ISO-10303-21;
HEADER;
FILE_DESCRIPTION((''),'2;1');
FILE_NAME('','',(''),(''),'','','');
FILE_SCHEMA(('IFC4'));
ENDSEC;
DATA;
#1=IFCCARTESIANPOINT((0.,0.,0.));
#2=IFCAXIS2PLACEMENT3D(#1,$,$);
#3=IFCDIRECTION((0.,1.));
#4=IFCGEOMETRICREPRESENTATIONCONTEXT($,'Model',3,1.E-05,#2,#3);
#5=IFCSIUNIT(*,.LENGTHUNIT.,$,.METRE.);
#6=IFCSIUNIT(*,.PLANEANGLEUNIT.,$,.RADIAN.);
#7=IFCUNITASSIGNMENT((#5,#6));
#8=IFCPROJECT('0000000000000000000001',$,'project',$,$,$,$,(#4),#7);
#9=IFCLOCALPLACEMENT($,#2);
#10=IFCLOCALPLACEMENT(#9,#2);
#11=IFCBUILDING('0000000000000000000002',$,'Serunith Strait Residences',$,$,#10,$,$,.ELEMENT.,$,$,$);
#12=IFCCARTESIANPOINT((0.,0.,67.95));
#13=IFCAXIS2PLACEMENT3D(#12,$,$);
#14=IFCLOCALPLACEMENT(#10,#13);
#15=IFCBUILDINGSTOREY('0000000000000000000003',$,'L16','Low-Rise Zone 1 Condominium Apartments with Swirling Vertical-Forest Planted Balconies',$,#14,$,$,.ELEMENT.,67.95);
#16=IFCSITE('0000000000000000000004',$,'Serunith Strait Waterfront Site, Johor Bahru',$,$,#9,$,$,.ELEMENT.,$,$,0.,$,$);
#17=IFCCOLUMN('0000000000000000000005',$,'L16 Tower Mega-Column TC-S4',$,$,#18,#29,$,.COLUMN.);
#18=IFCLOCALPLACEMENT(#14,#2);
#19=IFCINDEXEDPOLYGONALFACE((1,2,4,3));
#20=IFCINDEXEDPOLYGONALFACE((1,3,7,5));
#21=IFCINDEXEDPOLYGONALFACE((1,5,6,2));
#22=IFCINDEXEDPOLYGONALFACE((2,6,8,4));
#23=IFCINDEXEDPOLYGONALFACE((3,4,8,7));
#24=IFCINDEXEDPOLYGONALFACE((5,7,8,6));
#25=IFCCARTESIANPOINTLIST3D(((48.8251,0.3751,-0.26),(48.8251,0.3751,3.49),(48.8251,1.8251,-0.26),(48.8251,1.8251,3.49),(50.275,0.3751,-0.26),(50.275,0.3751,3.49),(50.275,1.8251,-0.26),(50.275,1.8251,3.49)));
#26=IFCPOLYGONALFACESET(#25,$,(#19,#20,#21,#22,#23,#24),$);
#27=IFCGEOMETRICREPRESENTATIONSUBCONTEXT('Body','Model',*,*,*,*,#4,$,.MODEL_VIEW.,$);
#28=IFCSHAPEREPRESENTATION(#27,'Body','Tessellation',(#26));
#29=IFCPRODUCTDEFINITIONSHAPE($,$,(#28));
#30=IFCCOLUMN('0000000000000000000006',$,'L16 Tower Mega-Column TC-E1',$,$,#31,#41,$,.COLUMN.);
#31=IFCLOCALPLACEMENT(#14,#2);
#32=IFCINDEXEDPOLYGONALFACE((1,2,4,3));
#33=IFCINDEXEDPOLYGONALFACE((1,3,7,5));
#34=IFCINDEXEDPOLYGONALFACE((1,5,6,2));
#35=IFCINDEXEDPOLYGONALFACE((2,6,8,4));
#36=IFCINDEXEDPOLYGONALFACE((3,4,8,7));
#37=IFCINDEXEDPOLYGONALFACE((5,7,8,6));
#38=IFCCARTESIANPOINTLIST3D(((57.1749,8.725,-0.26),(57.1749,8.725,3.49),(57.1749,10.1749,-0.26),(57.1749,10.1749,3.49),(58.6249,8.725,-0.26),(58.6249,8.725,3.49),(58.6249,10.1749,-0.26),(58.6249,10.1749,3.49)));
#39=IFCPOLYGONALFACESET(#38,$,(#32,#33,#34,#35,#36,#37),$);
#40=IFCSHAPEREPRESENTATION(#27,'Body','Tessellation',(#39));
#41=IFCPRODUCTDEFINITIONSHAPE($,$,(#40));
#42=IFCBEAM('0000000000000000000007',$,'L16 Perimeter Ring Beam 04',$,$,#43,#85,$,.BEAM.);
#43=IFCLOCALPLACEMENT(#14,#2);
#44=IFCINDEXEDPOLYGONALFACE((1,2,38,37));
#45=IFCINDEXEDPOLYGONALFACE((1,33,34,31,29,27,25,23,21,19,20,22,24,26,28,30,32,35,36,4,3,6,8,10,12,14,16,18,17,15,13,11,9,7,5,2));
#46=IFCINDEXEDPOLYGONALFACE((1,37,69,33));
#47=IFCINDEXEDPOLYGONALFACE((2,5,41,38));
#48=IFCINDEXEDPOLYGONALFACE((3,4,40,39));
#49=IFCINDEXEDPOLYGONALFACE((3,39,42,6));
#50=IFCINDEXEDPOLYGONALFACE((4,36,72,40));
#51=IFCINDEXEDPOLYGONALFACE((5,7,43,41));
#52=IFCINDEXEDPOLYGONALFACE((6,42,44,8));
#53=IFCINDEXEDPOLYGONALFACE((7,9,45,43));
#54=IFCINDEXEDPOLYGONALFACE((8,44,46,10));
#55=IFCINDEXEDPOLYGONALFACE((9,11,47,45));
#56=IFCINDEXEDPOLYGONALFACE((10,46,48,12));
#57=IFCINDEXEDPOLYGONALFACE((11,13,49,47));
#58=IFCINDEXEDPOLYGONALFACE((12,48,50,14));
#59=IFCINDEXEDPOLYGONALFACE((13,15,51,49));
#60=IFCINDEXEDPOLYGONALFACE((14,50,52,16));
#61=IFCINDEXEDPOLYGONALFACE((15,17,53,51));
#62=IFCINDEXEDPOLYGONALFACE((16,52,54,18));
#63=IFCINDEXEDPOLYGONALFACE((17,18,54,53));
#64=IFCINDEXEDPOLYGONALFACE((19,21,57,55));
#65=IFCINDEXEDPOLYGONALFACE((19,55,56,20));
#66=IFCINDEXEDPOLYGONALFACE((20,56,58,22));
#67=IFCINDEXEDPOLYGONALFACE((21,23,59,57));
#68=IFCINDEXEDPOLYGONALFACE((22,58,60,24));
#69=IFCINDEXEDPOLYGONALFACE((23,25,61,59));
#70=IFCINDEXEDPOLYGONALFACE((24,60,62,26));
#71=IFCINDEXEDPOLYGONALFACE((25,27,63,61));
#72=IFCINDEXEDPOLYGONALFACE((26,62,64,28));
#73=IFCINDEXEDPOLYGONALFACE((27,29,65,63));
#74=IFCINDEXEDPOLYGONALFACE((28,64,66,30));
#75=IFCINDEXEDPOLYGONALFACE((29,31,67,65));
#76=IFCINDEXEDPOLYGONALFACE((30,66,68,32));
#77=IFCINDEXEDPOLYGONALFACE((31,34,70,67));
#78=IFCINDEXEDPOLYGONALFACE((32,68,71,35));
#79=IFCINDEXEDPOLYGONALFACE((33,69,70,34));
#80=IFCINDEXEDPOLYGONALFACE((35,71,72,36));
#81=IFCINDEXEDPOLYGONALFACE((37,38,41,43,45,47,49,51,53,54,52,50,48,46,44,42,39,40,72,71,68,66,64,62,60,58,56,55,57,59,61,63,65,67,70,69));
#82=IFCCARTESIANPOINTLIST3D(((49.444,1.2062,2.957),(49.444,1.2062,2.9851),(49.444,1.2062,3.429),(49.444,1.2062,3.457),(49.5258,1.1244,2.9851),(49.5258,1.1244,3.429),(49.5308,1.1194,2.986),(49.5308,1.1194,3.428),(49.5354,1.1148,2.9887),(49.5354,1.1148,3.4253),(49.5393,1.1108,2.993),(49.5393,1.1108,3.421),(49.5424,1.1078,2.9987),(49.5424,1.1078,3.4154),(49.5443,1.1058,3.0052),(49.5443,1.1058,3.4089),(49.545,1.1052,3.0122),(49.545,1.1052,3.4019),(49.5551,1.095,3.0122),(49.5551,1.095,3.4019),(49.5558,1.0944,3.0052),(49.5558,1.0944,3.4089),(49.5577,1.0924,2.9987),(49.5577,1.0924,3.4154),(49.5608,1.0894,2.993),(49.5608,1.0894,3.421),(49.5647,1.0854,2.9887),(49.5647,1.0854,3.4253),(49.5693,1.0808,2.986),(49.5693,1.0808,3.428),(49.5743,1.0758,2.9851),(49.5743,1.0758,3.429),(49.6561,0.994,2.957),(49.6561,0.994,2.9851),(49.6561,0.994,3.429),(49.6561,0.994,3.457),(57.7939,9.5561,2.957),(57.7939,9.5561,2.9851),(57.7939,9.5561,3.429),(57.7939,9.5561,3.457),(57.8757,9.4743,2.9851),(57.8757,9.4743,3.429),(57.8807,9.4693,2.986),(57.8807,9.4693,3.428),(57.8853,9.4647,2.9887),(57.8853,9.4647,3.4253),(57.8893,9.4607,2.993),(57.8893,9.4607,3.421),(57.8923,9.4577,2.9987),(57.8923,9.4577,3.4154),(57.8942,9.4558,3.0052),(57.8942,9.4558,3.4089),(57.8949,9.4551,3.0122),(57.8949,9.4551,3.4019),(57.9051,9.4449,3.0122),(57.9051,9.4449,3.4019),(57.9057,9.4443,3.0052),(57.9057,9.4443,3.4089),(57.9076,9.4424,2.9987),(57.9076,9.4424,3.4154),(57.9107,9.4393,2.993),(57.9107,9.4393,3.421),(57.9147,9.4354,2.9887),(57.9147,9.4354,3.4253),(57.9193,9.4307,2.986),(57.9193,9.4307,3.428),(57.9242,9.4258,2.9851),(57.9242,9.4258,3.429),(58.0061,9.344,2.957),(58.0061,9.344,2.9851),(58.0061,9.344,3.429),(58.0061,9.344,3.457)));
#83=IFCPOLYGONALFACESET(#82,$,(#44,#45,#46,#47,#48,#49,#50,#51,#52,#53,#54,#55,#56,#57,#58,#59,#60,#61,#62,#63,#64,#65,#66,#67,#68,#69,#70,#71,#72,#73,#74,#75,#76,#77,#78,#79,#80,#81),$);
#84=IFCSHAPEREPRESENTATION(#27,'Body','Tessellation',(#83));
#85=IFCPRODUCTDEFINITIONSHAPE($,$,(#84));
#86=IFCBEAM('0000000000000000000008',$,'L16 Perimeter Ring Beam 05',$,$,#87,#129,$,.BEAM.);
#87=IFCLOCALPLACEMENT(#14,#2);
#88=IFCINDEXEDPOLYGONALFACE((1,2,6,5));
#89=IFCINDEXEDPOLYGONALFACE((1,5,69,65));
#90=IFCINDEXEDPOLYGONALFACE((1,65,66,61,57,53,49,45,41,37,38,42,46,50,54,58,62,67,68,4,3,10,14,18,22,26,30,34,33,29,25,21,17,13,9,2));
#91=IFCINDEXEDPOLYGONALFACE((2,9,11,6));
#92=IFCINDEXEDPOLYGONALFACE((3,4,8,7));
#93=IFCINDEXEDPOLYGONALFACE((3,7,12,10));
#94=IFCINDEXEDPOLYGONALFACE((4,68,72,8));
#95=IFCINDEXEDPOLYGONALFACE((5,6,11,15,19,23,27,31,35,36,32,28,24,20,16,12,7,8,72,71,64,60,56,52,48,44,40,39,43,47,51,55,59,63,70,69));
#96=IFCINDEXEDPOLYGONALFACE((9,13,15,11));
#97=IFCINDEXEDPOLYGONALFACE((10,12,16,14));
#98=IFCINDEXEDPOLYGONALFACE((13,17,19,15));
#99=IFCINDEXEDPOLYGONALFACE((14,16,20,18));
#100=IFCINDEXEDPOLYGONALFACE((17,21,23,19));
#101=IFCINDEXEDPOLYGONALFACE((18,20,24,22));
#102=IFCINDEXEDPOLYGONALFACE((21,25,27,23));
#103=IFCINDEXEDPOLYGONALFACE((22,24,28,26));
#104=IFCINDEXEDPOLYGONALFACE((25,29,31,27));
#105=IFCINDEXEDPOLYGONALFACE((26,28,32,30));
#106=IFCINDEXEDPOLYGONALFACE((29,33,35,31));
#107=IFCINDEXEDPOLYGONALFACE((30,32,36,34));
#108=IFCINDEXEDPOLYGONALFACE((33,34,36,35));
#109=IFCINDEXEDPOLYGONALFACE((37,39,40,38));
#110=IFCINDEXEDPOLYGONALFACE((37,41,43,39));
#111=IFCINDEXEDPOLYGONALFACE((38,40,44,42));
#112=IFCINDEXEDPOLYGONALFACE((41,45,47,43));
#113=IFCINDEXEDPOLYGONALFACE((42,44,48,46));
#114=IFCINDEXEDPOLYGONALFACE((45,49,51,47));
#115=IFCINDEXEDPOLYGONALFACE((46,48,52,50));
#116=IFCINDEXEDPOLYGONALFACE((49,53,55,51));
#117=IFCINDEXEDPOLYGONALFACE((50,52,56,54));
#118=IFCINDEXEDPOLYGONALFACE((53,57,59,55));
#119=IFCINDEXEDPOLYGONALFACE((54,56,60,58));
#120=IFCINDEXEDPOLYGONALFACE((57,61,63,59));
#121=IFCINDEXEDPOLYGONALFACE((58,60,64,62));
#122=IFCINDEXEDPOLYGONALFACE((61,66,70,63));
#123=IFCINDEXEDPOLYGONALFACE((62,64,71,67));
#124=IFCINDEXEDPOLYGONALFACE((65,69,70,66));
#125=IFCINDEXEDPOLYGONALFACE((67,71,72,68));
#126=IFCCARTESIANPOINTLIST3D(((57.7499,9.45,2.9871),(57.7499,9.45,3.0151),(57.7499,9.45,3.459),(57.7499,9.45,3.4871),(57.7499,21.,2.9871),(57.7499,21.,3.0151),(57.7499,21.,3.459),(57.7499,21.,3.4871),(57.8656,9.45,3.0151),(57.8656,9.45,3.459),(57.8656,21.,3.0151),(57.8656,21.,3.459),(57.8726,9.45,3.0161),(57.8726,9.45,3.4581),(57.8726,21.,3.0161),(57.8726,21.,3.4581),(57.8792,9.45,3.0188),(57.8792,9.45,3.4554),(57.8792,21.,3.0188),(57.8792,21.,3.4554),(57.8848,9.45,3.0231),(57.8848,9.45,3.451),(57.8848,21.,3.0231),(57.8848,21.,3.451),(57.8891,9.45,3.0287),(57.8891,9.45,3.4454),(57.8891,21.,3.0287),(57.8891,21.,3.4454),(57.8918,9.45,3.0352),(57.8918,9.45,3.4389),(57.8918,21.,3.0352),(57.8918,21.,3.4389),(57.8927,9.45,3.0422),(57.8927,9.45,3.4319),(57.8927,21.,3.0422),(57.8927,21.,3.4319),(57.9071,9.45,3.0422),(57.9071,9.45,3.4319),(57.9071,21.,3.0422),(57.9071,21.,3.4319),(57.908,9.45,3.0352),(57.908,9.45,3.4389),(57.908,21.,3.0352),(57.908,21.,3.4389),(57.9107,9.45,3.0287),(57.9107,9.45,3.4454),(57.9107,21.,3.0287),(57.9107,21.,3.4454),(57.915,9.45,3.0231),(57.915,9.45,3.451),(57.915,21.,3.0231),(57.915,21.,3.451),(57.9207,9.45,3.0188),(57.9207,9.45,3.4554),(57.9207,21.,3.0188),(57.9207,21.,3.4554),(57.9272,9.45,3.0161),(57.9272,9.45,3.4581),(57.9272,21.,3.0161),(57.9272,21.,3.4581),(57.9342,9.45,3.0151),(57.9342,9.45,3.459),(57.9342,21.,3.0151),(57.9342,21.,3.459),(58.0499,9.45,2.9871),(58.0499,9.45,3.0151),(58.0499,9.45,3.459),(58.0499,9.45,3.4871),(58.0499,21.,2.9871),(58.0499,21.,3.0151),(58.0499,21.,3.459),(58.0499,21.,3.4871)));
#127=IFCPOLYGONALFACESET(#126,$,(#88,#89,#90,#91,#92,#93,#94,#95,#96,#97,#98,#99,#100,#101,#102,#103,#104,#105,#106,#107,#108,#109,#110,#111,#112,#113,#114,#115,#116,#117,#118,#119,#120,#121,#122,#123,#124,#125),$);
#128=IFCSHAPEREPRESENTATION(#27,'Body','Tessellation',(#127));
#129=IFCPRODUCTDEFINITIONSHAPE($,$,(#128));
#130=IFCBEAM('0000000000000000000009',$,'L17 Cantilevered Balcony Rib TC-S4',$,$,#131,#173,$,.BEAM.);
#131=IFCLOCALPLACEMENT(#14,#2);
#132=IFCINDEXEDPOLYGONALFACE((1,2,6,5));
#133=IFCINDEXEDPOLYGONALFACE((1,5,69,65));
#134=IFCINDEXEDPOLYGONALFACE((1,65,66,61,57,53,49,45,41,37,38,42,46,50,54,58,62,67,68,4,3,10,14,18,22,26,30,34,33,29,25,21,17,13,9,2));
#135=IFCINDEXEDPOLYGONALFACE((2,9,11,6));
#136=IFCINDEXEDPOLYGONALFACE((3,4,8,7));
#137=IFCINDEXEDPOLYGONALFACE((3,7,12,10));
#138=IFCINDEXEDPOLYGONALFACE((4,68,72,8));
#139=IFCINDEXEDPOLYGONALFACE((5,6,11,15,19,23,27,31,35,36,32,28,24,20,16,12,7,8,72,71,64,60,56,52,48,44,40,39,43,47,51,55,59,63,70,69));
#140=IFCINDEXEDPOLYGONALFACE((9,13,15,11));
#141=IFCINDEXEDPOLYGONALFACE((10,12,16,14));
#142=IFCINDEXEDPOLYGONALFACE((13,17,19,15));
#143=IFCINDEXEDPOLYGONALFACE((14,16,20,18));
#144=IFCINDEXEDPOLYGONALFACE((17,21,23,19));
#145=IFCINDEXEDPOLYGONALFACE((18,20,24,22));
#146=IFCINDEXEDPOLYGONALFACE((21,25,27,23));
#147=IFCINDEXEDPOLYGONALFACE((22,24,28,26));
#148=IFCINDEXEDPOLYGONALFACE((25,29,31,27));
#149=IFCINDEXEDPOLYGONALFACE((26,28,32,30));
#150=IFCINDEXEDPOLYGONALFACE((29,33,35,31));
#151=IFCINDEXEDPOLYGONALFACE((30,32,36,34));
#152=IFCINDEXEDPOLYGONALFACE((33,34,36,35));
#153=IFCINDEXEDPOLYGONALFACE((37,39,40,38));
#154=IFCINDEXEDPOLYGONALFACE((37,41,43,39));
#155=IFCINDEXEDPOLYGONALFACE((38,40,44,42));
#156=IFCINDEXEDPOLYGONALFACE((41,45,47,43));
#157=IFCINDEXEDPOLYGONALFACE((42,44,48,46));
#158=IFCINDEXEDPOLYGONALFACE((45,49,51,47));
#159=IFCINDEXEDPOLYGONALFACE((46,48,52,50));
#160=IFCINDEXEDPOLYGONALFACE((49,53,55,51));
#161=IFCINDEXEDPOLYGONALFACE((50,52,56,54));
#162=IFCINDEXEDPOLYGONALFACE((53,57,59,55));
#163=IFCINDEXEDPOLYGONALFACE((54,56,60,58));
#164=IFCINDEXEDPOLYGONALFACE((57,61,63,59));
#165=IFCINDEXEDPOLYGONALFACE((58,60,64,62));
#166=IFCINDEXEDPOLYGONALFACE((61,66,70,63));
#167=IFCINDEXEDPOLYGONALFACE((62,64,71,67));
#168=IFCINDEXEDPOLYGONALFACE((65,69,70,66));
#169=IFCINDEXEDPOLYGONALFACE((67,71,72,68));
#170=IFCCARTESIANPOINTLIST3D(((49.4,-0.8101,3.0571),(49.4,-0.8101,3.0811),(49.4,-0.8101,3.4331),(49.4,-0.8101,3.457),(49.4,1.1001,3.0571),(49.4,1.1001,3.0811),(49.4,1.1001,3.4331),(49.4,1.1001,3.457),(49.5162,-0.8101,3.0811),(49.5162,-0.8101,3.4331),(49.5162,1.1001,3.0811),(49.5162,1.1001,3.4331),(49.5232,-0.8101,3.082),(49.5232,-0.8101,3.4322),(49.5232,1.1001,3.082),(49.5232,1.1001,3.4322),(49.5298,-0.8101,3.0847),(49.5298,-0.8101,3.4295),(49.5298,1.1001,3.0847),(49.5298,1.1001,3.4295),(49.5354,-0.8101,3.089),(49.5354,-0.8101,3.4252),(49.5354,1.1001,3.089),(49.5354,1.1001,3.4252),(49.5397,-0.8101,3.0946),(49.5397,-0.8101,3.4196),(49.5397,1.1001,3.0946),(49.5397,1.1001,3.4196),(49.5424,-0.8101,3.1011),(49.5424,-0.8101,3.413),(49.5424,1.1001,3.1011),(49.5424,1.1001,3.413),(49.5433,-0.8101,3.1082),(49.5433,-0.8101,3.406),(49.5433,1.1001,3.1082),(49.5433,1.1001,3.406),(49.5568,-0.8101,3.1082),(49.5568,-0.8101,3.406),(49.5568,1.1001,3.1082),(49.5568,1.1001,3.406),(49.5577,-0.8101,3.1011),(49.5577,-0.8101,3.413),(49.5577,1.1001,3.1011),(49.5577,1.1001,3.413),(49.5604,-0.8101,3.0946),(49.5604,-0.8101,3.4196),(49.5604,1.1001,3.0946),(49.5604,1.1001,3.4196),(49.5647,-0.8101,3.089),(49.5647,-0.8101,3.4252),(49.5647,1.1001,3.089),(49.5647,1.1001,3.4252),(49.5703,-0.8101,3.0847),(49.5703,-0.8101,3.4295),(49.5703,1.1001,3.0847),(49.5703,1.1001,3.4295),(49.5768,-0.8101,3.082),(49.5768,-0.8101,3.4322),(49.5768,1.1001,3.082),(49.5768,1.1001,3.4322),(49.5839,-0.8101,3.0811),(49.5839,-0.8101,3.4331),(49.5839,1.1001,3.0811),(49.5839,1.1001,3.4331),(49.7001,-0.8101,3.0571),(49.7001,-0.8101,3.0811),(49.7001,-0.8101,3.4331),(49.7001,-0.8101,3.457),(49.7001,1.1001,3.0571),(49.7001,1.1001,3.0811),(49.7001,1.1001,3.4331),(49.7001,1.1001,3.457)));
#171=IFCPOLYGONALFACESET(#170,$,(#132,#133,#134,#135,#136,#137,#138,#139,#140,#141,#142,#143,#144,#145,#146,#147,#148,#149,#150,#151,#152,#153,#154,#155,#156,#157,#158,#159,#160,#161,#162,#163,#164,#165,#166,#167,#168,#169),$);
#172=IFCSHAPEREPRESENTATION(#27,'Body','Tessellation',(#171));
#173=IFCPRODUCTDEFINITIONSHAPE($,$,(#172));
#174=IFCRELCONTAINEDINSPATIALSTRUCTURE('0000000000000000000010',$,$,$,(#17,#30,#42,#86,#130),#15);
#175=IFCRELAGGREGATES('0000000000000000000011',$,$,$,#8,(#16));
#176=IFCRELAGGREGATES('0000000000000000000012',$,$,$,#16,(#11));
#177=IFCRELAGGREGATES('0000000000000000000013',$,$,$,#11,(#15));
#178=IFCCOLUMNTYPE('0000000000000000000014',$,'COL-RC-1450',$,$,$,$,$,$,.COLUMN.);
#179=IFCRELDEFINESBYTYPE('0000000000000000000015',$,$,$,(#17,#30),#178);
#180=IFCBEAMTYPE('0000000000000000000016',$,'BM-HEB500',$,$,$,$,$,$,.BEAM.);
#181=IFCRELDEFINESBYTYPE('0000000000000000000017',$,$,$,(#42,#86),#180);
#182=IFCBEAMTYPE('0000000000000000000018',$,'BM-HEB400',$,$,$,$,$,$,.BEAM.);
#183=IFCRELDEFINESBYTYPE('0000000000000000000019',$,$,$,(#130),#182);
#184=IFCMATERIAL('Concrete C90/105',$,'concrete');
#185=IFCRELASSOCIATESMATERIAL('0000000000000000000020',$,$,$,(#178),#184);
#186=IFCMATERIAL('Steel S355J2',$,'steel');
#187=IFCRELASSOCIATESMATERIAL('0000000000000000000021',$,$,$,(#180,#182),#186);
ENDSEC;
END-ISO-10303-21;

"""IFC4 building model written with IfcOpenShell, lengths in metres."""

from ifc_helpers import new_model, si_unit, direction, frame, origin, origin_2d, place, context, subcontext, project, spatial, rectangle, i_section, extrude, source, transform, mapped, material, material_profile, profile_set, type_object, element, save


model = new_model("IFC4")

# Units and contexts
model_context = context("Model", 3, precision=1e-05, world=origin(), true_north=direction((0.0, 1.0)))
body_context = subcontext(model_context, "Body", "Model", "MODEL_VIEW")
ifc_project = project(units=[si_unit("LENGTHUNIT", "METRE"), si_unit("PLANEANGLEUNIT", "RADIAN")], contexts=[model_context])

# Site, building, storey
site_placement = place(None, origin())
site = spatial("IfcSite", under=ifc_project, at=site_placement, Name="Serunith Strait Waterfront Site, Johor Bahru", CompositionType="ELEMENT", RefElevation=0.0)
building_placement = place(site_placement, origin())
building = spatial("IfcBuilding", under=site, at=building_placement, Name="Serunith Strait Residences", CompositionType="ELEMENT")
storey_placement = place(building_placement, frame((0.0, 0.0, 67.95)))
storey = spatial("IfcBuildingStorey", under=building, at=storey_placement, Name="L16", Description="Low-Rise Zone 1 Condominium Apartments with Swirling Vertical-Forest Planted Balconies", CompositionType="ELEMENT", Elevation=67.95)

# Columns
ifc_material_1 = material(Name="Concrete C90/105", Category="concrete")
ifc_material_profile_1 = material_profile(ifc_material_1, rectangle(XDim=1.45, YDim=1.45, at=origin_2d()), Name="RC 1450x1450")
ifc_profile_set_1 = profile_set([ifc_material_profile_1], Name="Concrete C90/105")
column_type = type_object("IfcColumnType", Name="COL-RC-1450", PredefinedType="COLUMN", material=ifc_profile_set_1)
shared_shape_1 = source(origin(), body_context, "Body", "SweptSolid", [
    extrude(rectangle(XDim=1.45, YDim=1.45, at=origin_2d()), origin(), (0.0, 0.0, 1.0), 3.75),
])
for number, where, z_axis, x_axis, name in (
    (1, (49.55, 1.1001, -0.26), (0.0, 0.0, 1.0), (1.0, 0.0, 0.0), "L16 Tower Mega-Column TC-S4"),
    (2, (57.8999, 9.45, -0.26), (0.0, 0.0, 1.0), (1.0, 0.0, 0.0), "L16 Tower Mega-Column TC-E1"),
):
    element("IfcColumn", number, at=place(storey_placement, frame(where, z_axis=z_axis, x_axis=x_axis)), inside=storey, type_object=column_type, Name=name, PredefinedType="COLUMN", context=body_context, shape_type="MappedRepresentation", body=[
        mapped(shared_shape_1, transform((0.0, 0.0, 0.0), scale=1.0)),
    ])

# Beams
ifc_material_2 = material(Name="Steel S355J2", Category="steel")
ifc_material_profile_2 = material_profile(ifc_material_2, i_section(OverallWidth=0.3, OverallDepth=0.5, WebThickness=0.0144, FlangeThickness=0.0281, FilletRadius=0.0271, at=origin_2d()), Name="HEB 500")
ifc_profile_set_2 = profile_set([ifc_material_profile_2], Name="Steel S355J2")
beam_type_1 = type_object("IfcBeamType", Name="BM-HEB500", PredefinedType="BEAM", material=ifc_profile_set_2)
shared_shape_2 = source(origin(), body_context, "Body", "SweptSolid", [
    extrude(i_section(OverallWidth=0.3, OverallDepth=0.5, WebThickness=0.0144, FlangeThickness=0.0281, FilletRadius=0.0271, at=origin_2d()), origin(), (0.0, 0.0, 1.0), 11.8086),
])
beam_1_placement = place(storey_placement, frame((49.55, 1.1001, 3.207), z_axis=(0.707107, 0.707107, 0.0), x_axis=(-0.707107, 0.707107, 0.0)))
element("IfcBeam", 3, at=beam_1_placement, inside=storey, type_object=beam_type_1, Name="L16 Perimeter Ring Beam 04", PredefinedType="BEAM", context=body_context, shape_type="MappedRepresentation", body=[
    mapped(shared_shape_2, transform((0.0, 0.0, 0.0), scale=1.0)),
])
shared_shape_3 = source(origin(), body_context, "Body", "SweptSolid", [
    extrude(i_section(OverallWidth=0.3, OverallDepth=0.5, WebThickness=0.0144, FlangeThickness=0.0281, FilletRadius=0.0271, at=origin_2d()), origin(), (0.0, 0.0, 1.0), 11.55),
])
beam_2_placement = place(storey_placement, frame((57.8999, 9.45, 3.2371), z_axis=(0.0, 1.0, 0.0), x_axis=(-1.0, 0.0, 0.0)))
element("IfcBeam", 4, at=beam_2_placement, inside=storey, type_object=beam_type_1, Name="L16 Perimeter Ring Beam 05", PredefinedType="BEAM", context=body_context, shape_type="MappedRepresentation", body=[
    mapped(shared_shape_3, transform((0.0, 0.0, 0.0), scale=1.0)),
])
ifc_material_profile_3 = material_profile(ifc_material_2, i_section(OverallWidth=0.3, OverallDepth=0.3999, WebThickness=0.0134, FlangeThickness=0.0239, FilletRadius=0.0271, at=origin_2d()), Name="HEB 400")
ifc_profile_set_3 = profile_set([ifc_material_profile_3], Name="Steel S355J2")
beam_type_2 = type_object("IfcBeamType", Name="BM-HEB400", PredefinedType="BEAM", material=ifc_profile_set_3)
shared_shape_4 = source(origin(), body_context, "Body", "SweptSolid", [
    extrude(i_section(OverallWidth=0.3, OverallDepth=0.3999, WebThickness=0.0134, FlangeThickness=0.0239, FilletRadius=0.0271, at=origin_2d()), origin(), (0.0, 0.0, 1.0), 1.9102),
])
for number, where, z_axis, x_axis, name in (
    (5, (49.55, 1.1001, 3.2571), (0.0, -1.0, 0.0), (1.0, 0.0, 0.0), "L17 Cantilevered Balcony Rib TC-S4"),
):
    element("IfcBeam", number, at=place(storey_placement, frame(where, z_axis=z_axis, x_axis=x_axis)), inside=storey, type_object=beam_type_2, Name=name, PredefinedType="BEAM", context=body_context, shape_type="MappedRepresentation", body=[
        mapped(shared_shape_4, transform((0.0, 0.0, 0.0), scale=1.0)),
    ])

save(model, "model.ifc")
